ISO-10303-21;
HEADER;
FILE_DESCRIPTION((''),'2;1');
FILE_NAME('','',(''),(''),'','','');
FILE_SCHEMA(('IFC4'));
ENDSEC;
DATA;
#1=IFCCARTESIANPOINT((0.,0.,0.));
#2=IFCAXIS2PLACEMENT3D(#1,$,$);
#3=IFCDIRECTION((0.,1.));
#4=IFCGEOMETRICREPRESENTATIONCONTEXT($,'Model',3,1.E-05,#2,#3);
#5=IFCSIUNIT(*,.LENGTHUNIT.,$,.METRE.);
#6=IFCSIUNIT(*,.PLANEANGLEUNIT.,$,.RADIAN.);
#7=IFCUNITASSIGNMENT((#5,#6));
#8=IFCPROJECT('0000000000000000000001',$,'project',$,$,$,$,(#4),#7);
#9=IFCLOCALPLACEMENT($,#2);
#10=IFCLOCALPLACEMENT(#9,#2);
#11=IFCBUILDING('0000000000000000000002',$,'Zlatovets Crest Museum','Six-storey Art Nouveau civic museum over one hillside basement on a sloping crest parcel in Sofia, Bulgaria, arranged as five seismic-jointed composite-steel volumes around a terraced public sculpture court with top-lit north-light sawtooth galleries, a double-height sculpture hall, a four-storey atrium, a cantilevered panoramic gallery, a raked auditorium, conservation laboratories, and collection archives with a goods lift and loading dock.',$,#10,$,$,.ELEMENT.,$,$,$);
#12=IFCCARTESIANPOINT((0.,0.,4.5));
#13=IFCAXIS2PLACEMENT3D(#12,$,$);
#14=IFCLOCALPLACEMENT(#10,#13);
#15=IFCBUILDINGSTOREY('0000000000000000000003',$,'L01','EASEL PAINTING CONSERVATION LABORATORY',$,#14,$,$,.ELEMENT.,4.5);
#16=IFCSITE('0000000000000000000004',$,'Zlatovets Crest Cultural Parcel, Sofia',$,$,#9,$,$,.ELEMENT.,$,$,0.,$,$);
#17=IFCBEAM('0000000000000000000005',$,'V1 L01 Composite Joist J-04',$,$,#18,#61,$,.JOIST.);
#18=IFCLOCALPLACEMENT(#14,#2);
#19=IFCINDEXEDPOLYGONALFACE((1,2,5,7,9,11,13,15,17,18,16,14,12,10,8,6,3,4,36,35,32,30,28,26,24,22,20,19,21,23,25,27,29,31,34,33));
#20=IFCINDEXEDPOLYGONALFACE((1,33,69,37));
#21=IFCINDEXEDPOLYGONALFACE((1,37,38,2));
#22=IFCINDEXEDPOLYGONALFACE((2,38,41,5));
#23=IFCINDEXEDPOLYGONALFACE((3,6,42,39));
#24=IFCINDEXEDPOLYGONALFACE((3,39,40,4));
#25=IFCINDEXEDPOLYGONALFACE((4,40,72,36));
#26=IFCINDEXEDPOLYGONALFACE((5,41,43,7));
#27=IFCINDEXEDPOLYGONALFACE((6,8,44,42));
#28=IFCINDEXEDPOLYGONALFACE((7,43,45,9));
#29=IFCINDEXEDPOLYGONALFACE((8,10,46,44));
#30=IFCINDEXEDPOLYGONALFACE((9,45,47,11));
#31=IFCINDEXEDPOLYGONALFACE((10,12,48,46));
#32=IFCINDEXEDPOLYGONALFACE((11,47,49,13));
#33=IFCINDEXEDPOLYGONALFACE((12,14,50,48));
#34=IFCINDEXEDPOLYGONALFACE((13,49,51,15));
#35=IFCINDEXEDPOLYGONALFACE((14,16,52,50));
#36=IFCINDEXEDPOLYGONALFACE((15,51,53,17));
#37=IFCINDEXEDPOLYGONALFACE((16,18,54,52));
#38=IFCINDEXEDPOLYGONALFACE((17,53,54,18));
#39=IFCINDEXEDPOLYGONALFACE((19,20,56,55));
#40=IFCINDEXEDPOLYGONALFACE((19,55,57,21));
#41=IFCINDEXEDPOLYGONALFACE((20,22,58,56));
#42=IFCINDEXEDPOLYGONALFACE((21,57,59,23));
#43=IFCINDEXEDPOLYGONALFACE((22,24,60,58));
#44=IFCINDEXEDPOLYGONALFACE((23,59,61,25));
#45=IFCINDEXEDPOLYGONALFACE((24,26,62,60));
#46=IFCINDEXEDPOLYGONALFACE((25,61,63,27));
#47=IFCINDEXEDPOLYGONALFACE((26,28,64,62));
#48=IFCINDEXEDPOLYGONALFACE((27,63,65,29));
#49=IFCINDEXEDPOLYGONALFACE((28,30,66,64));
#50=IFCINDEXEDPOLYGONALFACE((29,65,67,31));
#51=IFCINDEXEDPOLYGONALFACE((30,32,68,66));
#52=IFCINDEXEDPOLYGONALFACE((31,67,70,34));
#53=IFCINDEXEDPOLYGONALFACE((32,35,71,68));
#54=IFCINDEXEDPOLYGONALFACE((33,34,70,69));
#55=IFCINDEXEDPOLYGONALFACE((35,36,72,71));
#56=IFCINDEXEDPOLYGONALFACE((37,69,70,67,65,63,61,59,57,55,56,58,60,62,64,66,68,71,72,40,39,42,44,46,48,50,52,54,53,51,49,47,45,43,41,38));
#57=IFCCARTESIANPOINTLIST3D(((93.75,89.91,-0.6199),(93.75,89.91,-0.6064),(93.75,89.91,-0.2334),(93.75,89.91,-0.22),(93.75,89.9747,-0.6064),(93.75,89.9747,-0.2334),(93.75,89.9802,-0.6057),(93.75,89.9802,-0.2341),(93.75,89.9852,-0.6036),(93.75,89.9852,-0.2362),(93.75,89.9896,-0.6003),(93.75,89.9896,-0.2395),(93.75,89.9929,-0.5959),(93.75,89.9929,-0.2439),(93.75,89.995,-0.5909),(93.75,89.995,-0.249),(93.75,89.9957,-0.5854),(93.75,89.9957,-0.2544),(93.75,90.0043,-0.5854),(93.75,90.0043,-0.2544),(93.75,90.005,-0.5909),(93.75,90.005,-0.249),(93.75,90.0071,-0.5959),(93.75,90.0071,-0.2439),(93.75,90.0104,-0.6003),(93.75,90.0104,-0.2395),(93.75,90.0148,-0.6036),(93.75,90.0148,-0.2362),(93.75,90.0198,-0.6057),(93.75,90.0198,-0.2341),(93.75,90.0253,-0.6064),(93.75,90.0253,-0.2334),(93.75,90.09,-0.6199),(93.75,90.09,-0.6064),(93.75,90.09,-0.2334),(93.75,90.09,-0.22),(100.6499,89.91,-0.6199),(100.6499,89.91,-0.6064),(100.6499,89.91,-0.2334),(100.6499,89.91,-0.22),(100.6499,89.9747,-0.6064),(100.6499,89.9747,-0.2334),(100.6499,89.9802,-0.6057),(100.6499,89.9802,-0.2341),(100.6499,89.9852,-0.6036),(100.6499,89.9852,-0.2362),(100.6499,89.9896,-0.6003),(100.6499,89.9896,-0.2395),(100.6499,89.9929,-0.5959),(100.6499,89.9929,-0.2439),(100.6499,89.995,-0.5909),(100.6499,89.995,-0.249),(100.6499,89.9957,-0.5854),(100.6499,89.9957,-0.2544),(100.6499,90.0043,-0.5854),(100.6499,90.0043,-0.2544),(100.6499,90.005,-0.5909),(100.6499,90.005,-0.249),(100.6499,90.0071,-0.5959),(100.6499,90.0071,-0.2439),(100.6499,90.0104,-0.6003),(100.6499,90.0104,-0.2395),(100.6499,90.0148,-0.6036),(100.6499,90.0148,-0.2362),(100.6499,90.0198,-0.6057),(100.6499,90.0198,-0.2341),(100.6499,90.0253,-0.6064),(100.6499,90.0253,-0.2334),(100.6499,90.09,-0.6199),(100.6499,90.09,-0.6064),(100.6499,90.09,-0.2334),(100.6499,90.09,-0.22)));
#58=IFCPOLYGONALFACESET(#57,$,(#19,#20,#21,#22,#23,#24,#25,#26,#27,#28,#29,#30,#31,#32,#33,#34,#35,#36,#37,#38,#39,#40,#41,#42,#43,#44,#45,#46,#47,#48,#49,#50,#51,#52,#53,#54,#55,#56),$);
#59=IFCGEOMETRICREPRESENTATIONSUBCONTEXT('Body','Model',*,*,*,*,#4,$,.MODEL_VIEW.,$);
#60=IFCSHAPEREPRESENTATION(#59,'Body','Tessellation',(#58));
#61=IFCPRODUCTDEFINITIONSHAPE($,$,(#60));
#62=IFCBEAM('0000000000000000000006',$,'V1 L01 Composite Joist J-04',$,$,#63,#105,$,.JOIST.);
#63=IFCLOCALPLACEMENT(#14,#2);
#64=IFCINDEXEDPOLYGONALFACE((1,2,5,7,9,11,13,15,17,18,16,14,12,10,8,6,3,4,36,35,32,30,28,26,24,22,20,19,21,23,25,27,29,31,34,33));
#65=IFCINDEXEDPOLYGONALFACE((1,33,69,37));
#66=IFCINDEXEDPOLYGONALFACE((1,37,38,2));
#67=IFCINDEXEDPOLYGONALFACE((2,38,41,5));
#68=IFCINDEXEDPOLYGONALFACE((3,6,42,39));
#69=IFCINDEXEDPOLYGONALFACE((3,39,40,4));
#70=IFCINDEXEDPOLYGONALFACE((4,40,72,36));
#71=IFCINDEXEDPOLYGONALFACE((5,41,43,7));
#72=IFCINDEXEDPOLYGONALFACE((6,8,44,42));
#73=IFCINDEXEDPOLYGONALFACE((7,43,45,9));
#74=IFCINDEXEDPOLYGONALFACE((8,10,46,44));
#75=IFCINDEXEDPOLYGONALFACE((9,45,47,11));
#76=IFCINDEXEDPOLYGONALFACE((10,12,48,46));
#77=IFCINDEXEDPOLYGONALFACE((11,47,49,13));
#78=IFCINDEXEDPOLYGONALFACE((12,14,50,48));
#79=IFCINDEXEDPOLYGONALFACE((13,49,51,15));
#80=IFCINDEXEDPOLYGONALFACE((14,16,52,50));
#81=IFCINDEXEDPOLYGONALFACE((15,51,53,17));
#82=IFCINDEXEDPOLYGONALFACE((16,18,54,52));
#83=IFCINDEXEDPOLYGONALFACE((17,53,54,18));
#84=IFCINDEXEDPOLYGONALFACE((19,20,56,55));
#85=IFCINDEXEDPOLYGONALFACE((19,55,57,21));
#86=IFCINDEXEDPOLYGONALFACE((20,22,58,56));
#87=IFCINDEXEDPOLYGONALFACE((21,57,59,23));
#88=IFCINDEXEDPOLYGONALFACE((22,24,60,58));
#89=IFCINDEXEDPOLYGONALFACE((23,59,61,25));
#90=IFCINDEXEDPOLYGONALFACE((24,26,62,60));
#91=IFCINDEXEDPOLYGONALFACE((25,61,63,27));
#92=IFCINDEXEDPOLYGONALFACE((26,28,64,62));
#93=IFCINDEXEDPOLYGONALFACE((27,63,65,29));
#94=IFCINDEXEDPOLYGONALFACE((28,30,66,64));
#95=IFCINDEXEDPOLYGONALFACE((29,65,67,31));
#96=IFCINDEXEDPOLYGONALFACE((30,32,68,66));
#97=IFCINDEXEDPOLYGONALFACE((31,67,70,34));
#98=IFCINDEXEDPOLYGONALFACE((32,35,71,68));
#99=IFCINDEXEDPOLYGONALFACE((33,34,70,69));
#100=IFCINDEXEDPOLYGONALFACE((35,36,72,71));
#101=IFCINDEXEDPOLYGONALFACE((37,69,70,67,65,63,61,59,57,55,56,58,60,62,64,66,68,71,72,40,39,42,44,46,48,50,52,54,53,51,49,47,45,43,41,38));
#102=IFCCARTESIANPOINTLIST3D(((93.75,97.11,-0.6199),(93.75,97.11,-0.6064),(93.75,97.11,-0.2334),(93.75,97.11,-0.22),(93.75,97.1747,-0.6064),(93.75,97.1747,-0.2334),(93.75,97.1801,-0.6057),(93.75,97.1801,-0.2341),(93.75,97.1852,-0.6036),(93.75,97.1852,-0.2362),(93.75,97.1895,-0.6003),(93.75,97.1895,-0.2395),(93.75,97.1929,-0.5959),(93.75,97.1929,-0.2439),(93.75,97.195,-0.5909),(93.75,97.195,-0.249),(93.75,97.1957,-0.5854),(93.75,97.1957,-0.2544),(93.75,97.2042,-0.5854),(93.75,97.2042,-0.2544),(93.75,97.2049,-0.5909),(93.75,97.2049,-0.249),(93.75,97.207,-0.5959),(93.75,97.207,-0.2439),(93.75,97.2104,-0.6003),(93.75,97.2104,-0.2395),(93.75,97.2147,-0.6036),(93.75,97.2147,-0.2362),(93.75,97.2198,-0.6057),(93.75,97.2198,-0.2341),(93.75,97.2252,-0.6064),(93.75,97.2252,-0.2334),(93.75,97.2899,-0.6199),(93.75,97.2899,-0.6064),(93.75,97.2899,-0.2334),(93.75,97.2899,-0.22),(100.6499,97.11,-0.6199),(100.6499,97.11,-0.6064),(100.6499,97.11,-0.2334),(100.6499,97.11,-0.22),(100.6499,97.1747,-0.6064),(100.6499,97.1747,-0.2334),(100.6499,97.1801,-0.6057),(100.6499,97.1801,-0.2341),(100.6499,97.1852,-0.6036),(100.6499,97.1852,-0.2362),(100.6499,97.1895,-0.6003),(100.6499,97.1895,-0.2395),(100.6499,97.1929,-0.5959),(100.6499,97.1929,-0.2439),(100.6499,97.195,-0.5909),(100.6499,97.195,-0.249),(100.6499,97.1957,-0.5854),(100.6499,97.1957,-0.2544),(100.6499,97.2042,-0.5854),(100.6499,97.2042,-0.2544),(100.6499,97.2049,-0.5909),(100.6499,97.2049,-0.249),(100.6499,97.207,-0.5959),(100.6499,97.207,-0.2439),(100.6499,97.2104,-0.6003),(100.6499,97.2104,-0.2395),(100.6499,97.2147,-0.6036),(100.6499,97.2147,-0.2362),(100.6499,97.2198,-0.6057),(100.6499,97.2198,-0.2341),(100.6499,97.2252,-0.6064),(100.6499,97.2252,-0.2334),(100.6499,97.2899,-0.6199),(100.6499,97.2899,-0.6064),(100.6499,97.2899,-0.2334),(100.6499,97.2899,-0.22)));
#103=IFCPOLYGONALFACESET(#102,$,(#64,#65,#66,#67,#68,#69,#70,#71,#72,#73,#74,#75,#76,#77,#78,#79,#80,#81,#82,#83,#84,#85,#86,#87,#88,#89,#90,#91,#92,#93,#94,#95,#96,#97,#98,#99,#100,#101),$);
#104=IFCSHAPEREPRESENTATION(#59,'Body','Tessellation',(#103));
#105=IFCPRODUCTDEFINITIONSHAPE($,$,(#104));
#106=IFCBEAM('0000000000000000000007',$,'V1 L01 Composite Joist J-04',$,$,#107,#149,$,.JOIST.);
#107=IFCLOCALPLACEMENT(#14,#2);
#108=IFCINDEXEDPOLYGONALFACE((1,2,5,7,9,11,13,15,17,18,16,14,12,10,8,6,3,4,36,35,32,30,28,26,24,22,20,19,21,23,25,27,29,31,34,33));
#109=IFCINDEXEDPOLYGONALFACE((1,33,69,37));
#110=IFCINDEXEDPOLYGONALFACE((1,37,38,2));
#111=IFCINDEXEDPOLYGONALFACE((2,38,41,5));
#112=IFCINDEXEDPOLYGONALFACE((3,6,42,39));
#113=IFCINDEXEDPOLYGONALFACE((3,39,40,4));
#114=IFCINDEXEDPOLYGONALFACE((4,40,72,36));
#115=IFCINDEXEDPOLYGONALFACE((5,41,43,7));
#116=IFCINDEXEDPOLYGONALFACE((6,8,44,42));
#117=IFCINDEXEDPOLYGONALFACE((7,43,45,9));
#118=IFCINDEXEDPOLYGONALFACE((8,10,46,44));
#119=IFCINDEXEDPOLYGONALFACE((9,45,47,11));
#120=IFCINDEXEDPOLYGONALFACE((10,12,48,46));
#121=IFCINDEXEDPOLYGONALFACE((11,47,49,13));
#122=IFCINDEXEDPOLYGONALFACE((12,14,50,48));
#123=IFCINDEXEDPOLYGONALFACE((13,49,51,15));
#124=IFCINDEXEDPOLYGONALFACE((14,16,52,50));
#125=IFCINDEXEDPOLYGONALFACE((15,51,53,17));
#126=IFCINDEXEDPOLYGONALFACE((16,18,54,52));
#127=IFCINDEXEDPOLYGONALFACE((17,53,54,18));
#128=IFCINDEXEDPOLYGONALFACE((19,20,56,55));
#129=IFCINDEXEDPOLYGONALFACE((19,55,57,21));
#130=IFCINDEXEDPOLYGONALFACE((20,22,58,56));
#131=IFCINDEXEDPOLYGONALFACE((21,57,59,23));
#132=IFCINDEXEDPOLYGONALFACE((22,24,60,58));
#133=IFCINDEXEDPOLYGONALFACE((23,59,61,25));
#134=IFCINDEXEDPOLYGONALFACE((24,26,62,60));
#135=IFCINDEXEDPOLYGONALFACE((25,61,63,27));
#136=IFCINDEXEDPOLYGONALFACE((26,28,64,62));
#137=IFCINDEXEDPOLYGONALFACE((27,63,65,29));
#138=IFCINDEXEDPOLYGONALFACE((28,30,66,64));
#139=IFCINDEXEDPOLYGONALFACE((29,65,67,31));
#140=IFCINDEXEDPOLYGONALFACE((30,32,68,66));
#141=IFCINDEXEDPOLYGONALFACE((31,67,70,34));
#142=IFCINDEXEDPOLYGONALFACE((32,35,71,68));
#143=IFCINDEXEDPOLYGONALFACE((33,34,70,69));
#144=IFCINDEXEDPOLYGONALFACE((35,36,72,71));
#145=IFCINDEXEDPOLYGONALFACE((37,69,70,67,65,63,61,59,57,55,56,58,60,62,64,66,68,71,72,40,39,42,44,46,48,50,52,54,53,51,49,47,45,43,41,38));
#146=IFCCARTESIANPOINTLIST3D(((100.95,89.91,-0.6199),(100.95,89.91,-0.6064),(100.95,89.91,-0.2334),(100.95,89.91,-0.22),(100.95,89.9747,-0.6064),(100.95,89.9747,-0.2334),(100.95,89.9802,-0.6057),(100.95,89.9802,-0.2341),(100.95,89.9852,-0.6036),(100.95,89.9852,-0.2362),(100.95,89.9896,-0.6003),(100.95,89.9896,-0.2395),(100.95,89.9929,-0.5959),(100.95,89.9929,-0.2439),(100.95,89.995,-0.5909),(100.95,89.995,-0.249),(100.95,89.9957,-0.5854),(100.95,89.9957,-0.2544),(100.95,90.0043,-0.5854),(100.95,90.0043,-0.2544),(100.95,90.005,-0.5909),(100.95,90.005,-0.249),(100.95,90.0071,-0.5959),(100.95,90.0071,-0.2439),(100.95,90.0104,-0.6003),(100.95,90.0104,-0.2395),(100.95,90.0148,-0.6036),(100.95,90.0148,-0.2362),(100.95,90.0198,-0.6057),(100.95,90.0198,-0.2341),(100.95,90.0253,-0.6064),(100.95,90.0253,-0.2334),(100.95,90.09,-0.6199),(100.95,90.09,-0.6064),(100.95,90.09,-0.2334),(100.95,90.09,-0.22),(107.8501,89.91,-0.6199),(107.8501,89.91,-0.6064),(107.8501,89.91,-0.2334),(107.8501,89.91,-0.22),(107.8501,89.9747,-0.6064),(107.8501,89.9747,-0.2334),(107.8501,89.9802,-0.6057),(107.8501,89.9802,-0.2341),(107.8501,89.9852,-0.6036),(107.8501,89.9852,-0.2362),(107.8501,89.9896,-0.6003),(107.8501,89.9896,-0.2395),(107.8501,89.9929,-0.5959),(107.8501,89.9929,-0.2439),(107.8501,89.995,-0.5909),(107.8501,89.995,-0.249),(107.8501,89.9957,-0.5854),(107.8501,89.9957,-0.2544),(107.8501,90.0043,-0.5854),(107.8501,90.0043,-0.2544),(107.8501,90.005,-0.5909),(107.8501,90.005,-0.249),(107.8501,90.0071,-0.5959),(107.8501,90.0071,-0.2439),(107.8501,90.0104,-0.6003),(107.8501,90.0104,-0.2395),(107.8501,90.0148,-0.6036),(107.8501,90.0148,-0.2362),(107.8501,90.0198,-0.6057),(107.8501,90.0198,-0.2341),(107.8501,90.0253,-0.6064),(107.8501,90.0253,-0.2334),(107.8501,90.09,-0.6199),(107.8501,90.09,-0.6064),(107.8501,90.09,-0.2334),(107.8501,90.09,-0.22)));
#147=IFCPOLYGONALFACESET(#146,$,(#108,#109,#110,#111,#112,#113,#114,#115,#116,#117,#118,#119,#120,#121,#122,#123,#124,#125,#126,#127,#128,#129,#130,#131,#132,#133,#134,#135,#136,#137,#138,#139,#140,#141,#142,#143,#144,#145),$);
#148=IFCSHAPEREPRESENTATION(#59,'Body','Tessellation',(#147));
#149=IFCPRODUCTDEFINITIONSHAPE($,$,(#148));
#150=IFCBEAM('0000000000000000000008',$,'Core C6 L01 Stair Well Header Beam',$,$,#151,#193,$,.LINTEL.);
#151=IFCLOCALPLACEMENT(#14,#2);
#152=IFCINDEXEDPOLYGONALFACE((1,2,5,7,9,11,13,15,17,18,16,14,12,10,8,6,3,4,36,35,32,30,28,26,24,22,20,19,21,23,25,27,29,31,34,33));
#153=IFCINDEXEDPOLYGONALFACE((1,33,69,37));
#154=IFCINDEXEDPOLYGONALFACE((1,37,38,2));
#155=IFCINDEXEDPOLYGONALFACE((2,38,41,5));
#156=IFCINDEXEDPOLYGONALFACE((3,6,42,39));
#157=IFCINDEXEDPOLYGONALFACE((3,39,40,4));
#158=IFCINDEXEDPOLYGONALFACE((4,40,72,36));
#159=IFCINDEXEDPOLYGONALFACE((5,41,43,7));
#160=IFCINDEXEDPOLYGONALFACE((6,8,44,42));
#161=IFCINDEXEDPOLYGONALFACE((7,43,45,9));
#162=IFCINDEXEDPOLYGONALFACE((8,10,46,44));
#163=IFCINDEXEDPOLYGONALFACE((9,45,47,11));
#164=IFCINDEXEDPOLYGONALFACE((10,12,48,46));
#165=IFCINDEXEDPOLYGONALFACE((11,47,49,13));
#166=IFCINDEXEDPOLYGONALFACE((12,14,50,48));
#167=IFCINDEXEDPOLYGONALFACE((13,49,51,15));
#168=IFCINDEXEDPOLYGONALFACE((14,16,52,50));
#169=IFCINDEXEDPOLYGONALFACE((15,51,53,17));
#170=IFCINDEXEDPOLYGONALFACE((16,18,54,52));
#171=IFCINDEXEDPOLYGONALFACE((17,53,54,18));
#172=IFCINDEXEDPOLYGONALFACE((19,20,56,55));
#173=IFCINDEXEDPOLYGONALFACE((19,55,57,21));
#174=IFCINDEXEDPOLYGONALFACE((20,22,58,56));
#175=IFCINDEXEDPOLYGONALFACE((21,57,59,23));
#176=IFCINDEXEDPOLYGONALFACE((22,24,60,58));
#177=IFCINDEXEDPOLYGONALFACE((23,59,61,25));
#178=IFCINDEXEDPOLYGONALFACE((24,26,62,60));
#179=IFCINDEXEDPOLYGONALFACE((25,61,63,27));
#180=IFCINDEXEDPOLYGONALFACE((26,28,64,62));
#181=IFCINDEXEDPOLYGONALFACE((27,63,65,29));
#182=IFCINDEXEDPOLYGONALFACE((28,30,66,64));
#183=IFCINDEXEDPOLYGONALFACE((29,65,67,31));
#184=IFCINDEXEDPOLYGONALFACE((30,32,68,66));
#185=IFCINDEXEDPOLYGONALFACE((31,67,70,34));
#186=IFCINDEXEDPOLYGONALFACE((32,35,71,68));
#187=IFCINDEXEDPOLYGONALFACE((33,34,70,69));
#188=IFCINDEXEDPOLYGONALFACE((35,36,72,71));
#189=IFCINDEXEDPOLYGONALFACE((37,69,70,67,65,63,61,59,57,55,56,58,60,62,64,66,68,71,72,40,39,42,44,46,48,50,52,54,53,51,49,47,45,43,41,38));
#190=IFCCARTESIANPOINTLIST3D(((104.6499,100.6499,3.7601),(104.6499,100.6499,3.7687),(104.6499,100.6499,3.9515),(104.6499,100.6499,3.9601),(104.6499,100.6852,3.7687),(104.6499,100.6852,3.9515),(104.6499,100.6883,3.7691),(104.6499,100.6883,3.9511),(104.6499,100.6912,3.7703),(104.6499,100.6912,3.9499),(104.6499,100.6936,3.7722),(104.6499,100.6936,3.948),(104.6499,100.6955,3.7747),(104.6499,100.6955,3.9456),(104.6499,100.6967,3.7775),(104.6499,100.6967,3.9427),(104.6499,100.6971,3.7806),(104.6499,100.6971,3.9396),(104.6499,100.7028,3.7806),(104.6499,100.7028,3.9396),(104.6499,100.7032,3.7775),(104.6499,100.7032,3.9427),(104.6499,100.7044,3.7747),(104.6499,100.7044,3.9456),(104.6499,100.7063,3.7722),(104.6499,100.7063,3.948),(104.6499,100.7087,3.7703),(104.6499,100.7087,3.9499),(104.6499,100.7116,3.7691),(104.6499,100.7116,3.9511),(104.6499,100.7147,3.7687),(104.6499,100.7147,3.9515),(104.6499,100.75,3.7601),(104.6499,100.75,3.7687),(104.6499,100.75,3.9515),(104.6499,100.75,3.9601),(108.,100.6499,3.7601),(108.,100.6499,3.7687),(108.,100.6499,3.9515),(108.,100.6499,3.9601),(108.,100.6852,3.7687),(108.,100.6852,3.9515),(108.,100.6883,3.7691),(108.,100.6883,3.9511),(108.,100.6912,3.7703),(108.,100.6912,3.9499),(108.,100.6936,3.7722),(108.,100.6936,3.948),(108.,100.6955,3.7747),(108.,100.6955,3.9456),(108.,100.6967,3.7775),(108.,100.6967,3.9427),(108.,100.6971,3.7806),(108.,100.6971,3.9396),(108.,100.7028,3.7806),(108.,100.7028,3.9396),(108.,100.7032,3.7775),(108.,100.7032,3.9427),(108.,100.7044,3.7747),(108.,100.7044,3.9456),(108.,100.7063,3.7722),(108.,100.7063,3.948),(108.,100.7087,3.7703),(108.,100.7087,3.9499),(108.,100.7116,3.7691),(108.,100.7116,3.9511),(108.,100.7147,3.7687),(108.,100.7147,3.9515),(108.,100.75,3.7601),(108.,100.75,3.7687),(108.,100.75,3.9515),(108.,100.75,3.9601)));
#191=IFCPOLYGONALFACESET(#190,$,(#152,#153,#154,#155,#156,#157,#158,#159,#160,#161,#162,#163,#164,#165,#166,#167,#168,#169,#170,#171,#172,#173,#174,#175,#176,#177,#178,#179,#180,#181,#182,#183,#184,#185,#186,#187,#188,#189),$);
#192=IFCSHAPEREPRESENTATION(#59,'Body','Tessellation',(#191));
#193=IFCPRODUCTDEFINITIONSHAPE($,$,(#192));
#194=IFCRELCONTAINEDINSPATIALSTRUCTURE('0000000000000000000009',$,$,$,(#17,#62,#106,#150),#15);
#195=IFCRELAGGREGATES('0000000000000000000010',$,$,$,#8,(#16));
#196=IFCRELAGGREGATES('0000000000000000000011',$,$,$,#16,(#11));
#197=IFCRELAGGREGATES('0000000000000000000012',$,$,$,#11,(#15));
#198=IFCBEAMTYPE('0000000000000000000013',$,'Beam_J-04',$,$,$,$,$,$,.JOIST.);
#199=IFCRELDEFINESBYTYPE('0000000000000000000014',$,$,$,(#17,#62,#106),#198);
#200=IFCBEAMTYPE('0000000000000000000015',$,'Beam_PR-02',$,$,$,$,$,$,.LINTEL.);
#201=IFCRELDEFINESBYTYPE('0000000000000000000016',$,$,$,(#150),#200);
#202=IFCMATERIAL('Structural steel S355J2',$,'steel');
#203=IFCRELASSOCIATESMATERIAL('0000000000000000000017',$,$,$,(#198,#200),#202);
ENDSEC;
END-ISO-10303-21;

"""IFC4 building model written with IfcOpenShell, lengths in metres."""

from ifc_helpers import new_model, si_unit, direction, frame, origin, origin_2d, place, context, subcontext, project, spatial, i_section, extrude, material, material_profile, profile_set, type_object, element, save


model = new_model("IFC4")

# Units and contexts
model_context = context("Model", 3, precision=1e-05, world=origin(), true_north=direction((0.0, 1.0)))
body_context = subcontext(model_context, "Body", "Model", "MODEL_VIEW")
ifc_project = project(units=[si_unit("LENGTHUNIT", "METRE"), si_unit("PLANEANGLEUNIT", "RADIAN")], contexts=[model_context])

# Site, building, storey
site_placement = place(None, origin())
site = spatial("IfcSite", under=ifc_project, at=site_placement, Name="Zlatovets Crest Cultural Parcel, Sofia", CompositionType="ELEMENT", RefElevation=0.0)
building_placement = place(site_placement, origin())
building = spatial("IfcBuilding", under=site, at=building_placement, Name="Zlatovets Crest Museum", Description="Six-storey Art Nouveau civic museum over one hillside basement on a sloping crest parcel in Sofia, Bulgaria, arranged as five seismic-jointed composite-steel volumes around a terraced public sculpture court with top-lit north-light sawtooth galleries, a double-height sculpture hall, a four-storey atrium, a cantilevered panoramic gallery, a raked auditorium, conservation laboratories, and collection archives with a goods lift and loading dock.", CompositionType="ELEMENT")
storey_placement = place(building_placement, frame((0.0, 0.0, 4.5)))
storey = spatial("IfcBuildingStorey", under=building, at=storey_placement, Name="L01", Description="EASEL PAINTING CONSERVATION LABORATORY", CompositionType="ELEMENT", Elevation=4.5)

# Shared definitions
ifc_material_1 = material(Name="Structural steel S355J2", Category="steel")

# Beams
ifc_material_profile_1 = material_profile(ifc_material_1, i_section(OverallWidth=0.1799, OverallDepth=0.3999, WebThickness=0.0085, FlangeThickness=0.0134, FilletRadius=0.021, at=origin_2d()), Name="IPE 400")
ifc_profile_set_1 = profile_set([ifc_material_profile_1], Name="Structural steel S355J2")
beam_type_1 = type_object("IfcBeamType", Name="Beam_J-04", PredefinedType="JOIST", material=ifc_profile_set_1)
for number, where, z_axis, x_axis, name in (
    (1, (93.75, 90.0, -0.4199), (1.0, 0.0, 0.0), (0.0, 1.0, 0.0), "V1 L01 Composite Joist J-04"),
    (2, (93.75, 97.2, -0.4199), (1.0, 0.0, 0.0), (0.0, 1.0, 0.0), "V1 L01 Composite Joist J-04"),
):
    element("IfcBeam", number, at=place(storey_placement, frame(where, z_axis=z_axis, x_axis=x_axis)), inside=storey, type_object=beam_type_1, Name=name, PredefinedType="JOIST", context=body_context, shape_type="SweptSolid", body=[
        extrude(i_section(OverallWidth=0.1799, OverallDepth=0.3999, WebThickness=0.0085, FlangeThickness=0.0134, FilletRadius=0.021, at=origin_2d()), origin(), (0.0, 0.0, 1.0), 6.8999),
    ])
beam_1_placement = place(storey_placement, frame((100.95, 90.0, -0.4199), z_axis=(1.0, 0.0, 0.0), x_axis=(0.0, 1.0, 0.0)))
element("IfcBeam", 3, at=beam_1_placement, inside=storey, type_object=beam_type_1, Name="V1 L01 Composite Joist J-04", PredefinedType="JOIST", context=body_context, shape_type="SweptSolid", body=[
    extrude(i_section(OverallWidth=0.1799, OverallDepth=0.3999, WebThickness=0.0085, FlangeThickness=0.0134, FilletRadius=0.021, at=origin_2d()), origin(), (0.0, 0.0, 1.0), 6.9001),
])
ifc_material_profile_2 = material_profile(ifc_material_1, i_section(OverallWidth=0.1001, OverallDepth=0.2, WebThickness=0.0056, FlangeThickness=0.0085, FilletRadius=0.012, at=origin_2d()), Name="IPE 200")
ifc_profile_set_2 = profile_set([ifc_material_profile_2], Name="Structural steel S355J2")
beam_type_2 = type_object("IfcBeamType", Name="Beam_PR-02", PredefinedType="LINTEL", material=ifc_profile_set_2)
beam_2_placement = place(storey_placement, frame((104.6499, 100.7, 3.8601), z_axis=(1.0, 0.0, 0.0), x_axis=(0.0, 1.0, 0.0)))
element("IfcBeam", 4, at=beam_2_placement, inside=storey, type_object=beam_type_2, Name="Core C6 L01 Stair Well Header Beam", PredefinedType="LINTEL", context=body_context, shape_type="SweptSolid", body=[
    extrude(i_section(OverallWidth=0.1001, OverallDepth=0.2, WebThickness=0.0056, FlangeThickness=0.0085, FilletRadius=0.012, at=origin_2d()), origin(), (0.0, 0.0, 1.0), 3.3501),
])

save(model, "model.ifc")
